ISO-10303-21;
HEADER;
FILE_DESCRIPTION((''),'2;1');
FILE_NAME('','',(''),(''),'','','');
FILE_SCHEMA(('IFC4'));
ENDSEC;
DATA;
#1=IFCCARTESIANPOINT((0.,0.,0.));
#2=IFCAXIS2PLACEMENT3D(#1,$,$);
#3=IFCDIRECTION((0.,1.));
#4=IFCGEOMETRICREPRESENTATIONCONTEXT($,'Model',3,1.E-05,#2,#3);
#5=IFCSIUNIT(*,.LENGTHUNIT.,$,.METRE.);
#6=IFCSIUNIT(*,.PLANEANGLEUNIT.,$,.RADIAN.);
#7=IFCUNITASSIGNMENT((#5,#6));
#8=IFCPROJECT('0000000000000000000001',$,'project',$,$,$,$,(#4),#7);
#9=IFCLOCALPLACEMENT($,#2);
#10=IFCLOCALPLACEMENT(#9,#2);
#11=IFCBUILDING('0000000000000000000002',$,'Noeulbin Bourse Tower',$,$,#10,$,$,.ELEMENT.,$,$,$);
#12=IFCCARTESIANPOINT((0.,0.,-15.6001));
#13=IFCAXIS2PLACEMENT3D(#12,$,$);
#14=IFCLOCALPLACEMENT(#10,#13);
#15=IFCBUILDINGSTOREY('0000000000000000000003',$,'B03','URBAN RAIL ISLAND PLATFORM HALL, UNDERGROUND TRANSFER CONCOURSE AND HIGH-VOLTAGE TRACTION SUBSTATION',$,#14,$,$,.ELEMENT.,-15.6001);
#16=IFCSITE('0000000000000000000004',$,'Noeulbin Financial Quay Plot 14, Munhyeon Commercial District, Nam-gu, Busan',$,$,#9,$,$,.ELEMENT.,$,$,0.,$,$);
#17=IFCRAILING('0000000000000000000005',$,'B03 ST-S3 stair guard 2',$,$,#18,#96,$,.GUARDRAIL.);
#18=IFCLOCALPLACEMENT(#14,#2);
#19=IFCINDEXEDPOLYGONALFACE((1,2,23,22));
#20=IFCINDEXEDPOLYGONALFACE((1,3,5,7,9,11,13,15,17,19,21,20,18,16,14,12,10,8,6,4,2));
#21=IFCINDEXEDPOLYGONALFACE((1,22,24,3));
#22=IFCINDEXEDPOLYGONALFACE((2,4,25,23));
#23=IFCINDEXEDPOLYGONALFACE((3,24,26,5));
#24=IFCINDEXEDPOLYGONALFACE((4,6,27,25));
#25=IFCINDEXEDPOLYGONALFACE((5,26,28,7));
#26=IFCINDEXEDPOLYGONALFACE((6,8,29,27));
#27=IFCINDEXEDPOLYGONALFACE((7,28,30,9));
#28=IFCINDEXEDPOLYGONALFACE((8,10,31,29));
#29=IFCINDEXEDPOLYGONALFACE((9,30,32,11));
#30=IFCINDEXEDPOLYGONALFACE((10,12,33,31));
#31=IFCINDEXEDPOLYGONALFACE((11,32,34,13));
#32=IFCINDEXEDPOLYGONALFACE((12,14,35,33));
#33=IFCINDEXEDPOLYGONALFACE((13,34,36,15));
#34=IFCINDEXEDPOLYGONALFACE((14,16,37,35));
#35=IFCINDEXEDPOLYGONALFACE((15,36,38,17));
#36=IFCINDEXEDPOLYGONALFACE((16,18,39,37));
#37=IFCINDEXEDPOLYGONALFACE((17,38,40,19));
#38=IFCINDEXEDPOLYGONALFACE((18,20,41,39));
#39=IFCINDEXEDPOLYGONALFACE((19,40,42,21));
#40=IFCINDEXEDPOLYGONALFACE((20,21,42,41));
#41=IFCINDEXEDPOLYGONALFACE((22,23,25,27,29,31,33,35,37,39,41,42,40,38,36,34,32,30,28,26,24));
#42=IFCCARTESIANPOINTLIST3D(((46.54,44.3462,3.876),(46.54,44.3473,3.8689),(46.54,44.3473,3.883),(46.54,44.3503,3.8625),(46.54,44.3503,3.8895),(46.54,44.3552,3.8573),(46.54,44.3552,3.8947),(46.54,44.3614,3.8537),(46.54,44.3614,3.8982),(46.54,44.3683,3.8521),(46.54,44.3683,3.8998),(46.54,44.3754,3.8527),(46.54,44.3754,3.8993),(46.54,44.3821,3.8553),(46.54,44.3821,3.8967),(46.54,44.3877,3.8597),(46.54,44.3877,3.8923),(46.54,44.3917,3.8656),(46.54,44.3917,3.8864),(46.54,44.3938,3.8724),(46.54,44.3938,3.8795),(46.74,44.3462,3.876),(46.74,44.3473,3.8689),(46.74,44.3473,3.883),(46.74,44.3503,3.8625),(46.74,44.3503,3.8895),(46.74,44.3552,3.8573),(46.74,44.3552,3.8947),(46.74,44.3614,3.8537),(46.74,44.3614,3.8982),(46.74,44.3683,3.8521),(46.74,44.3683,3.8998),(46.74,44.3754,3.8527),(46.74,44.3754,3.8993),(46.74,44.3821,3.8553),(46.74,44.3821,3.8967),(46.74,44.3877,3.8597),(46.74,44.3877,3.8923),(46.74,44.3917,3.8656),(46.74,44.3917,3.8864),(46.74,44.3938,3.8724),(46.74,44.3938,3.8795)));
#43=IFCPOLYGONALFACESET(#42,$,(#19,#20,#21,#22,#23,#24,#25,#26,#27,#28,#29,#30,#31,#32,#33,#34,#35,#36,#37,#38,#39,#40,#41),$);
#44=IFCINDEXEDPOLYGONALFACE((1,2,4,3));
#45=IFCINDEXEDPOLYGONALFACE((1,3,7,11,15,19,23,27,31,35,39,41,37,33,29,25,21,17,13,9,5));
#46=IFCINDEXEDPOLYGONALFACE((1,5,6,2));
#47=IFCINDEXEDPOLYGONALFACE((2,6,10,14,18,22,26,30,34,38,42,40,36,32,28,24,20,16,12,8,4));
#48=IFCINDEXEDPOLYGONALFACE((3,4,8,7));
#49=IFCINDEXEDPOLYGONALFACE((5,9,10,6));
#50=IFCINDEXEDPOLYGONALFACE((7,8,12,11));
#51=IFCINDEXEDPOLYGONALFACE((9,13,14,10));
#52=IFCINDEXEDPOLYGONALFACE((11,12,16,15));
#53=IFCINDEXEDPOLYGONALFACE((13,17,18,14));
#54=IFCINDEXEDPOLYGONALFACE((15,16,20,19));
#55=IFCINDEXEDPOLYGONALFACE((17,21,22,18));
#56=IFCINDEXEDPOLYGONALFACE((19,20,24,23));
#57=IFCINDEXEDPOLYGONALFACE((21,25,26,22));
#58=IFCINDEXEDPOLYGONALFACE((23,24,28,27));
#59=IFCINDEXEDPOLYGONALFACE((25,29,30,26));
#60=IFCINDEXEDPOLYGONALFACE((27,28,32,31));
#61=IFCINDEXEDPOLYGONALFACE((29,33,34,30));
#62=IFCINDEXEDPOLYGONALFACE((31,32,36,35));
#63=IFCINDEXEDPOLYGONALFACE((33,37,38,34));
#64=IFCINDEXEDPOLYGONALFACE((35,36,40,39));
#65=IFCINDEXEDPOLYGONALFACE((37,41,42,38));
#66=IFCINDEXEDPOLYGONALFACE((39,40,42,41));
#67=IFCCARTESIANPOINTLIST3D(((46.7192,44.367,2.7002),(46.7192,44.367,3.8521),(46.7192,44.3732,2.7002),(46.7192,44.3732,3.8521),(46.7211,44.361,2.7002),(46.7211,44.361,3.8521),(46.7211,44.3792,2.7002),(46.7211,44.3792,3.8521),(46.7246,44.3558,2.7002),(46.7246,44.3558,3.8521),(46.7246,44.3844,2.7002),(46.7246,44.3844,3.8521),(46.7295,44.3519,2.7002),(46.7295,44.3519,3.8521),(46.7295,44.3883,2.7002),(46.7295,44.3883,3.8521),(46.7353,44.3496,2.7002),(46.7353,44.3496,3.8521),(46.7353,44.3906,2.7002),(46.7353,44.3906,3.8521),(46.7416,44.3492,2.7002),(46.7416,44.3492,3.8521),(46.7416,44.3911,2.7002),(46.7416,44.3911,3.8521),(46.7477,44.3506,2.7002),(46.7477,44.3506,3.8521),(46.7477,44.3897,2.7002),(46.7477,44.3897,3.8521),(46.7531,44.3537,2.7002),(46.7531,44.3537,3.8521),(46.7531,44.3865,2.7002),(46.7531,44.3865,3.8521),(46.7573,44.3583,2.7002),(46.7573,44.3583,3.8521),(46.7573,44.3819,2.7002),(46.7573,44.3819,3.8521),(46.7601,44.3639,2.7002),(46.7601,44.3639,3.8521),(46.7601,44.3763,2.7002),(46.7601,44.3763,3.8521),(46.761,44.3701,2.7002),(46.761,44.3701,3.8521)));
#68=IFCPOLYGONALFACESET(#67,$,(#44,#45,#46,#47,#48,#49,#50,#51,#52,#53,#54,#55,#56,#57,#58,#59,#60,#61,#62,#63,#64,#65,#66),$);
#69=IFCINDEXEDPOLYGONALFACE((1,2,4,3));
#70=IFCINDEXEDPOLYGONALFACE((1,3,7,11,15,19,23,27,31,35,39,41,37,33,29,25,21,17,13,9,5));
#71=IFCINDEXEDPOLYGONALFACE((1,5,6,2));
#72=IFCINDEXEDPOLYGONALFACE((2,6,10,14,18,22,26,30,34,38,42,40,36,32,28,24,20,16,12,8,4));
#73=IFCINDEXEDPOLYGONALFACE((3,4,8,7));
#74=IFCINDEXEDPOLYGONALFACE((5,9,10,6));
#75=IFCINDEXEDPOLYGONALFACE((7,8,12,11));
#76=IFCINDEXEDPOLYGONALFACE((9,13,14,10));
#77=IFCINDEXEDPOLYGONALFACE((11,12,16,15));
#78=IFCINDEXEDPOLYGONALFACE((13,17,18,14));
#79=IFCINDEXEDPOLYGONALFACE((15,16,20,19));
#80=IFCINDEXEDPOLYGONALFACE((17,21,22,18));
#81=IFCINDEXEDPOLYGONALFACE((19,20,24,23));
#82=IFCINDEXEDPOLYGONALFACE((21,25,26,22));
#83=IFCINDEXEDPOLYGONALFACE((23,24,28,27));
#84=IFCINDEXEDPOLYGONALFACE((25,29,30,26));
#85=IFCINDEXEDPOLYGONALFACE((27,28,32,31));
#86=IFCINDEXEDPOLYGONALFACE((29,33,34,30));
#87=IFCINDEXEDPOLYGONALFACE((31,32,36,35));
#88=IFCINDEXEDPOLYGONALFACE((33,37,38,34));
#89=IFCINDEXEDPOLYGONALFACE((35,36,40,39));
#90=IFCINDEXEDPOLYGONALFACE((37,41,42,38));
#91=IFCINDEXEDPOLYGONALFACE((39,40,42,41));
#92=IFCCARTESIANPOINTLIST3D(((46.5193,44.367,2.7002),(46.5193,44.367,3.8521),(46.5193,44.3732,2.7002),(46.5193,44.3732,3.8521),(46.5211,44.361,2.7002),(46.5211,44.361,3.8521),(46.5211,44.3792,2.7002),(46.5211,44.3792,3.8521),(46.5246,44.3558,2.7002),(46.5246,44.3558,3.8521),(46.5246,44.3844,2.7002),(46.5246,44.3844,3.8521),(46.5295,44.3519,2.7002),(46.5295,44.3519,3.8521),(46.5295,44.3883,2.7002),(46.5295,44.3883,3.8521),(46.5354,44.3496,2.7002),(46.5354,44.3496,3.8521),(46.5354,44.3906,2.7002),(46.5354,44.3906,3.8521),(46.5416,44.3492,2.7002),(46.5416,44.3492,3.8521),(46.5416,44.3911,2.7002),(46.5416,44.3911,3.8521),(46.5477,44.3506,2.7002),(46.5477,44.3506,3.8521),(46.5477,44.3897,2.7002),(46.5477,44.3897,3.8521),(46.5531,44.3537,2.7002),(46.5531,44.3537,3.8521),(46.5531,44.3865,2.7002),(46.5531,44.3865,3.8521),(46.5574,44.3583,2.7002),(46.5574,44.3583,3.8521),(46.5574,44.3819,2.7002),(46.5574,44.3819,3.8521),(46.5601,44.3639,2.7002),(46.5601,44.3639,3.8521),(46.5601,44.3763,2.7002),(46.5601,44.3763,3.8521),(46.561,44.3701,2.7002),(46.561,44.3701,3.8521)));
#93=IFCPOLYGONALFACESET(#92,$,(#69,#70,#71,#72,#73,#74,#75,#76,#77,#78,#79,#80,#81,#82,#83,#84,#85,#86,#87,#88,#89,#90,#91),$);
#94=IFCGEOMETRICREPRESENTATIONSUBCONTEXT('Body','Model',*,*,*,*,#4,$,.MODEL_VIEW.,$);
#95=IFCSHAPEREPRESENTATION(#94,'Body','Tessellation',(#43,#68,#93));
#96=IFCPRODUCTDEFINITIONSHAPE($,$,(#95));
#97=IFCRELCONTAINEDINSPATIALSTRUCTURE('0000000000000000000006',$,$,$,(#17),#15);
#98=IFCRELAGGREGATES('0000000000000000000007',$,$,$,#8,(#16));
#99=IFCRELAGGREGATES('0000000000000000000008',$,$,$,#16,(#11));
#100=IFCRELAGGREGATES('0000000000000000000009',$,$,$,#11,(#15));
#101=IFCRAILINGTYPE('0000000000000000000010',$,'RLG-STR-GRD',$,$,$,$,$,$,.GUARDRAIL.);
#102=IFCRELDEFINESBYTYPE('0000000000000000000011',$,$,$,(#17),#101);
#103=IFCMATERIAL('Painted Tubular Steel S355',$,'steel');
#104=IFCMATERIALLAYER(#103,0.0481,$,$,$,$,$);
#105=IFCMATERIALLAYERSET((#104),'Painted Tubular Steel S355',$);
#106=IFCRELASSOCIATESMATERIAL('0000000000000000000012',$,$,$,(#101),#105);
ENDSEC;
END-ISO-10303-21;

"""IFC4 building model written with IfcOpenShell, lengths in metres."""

from ifc_helpers import new_model, si_unit, direction, frame, origin, origin_2d, place, context, subcontext, project, spatial, circle, extrude, material, layer, layer_set, type_object, element, save


model = new_model("IFC4")

# Units and contexts
model_context = context("Model", 3, precision=1e-05, world=origin(), true_north=direction((0.0, 1.0)))
body_context = subcontext(model_context, "Body", "Model", "MODEL_VIEW")
ifc_project = project(units=[si_unit("LENGTHUNIT", "METRE"), si_unit("PLANEANGLEUNIT", "RADIAN")], contexts=[model_context])

# Site, building, storey
site_placement = place(None, origin())
site = spatial("IfcSite", under=ifc_project, at=site_placement, Name="Noeulbin Financial Quay Plot 14, Munhyeon Commercial District, Nam-gu, Busan", CompositionType="ELEMENT", RefElevation=0.0)
building_placement = place(site_placement, origin())
building = spatial("IfcBuilding", under=site, at=building_placement, Name="Noeulbin Bourse Tower", CompositionType="ELEMENT")
storey_placement = place(building_placement, frame((0.0, 0.0, -15.6001)))
storey = spatial("IfcBuildingStorey", under=building, at=storey_placement, Name="B03", Description="URBAN RAIL ISLAND PLATFORM HALL, UNDERGROUND TRANSFER CONCOURSE AND HIGH-VOLTAGE TRACTION SUBSTATION", CompositionType="ELEMENT", Elevation=-15.6001)

# Railing
ifc_material_1 = material(Name="Painted Tubular Steel S355", Category="steel")
ifc_layer_1 = layer(ifc_material_1, 0.0481)
ifc_layer_set_1 = layer_set([ifc_layer_1], Name="Painted Tubular Steel S355")
railing_type_1 = type_object("IfcRailingType", Name="RLG-STR-GRD", PredefinedType="GUARDRAIL", material=ifc_layer_set_1)
railing_1_placement = place(storey_placement, frame((46.74, 44.3701, 2.7002)))
element("IfcRailing", 1, at=railing_1_placement, inside=storey, type_object=railing_type_1, Name="B03 ST-S3 stair guard 2", PredefinedType="GUARDRAIL", context=body_context, shape_type="SweptSolid", body=[
    extrude(circle(Radius=0.0239, at=origin_2d()), frame((0.0, 0.0, 1.1758), z_axis=(-1.0, 0.0, 0.0), x_axis=(0.0, -1.0, 0.0)), (0.0, 0.0, 1.0), 0.2),
    extrude(circle(Radius=0.021, at=origin_2d()), origin(), (0.0, 0.0, 1.0), 1.1519),
    extrude(circle(Radius=0.021, at=origin_2d()), frame((-0.2, 0.0, 0.0)), (0.0, 0.0, 1.0), 1.1519),
])

save(model, "model.ifc")
